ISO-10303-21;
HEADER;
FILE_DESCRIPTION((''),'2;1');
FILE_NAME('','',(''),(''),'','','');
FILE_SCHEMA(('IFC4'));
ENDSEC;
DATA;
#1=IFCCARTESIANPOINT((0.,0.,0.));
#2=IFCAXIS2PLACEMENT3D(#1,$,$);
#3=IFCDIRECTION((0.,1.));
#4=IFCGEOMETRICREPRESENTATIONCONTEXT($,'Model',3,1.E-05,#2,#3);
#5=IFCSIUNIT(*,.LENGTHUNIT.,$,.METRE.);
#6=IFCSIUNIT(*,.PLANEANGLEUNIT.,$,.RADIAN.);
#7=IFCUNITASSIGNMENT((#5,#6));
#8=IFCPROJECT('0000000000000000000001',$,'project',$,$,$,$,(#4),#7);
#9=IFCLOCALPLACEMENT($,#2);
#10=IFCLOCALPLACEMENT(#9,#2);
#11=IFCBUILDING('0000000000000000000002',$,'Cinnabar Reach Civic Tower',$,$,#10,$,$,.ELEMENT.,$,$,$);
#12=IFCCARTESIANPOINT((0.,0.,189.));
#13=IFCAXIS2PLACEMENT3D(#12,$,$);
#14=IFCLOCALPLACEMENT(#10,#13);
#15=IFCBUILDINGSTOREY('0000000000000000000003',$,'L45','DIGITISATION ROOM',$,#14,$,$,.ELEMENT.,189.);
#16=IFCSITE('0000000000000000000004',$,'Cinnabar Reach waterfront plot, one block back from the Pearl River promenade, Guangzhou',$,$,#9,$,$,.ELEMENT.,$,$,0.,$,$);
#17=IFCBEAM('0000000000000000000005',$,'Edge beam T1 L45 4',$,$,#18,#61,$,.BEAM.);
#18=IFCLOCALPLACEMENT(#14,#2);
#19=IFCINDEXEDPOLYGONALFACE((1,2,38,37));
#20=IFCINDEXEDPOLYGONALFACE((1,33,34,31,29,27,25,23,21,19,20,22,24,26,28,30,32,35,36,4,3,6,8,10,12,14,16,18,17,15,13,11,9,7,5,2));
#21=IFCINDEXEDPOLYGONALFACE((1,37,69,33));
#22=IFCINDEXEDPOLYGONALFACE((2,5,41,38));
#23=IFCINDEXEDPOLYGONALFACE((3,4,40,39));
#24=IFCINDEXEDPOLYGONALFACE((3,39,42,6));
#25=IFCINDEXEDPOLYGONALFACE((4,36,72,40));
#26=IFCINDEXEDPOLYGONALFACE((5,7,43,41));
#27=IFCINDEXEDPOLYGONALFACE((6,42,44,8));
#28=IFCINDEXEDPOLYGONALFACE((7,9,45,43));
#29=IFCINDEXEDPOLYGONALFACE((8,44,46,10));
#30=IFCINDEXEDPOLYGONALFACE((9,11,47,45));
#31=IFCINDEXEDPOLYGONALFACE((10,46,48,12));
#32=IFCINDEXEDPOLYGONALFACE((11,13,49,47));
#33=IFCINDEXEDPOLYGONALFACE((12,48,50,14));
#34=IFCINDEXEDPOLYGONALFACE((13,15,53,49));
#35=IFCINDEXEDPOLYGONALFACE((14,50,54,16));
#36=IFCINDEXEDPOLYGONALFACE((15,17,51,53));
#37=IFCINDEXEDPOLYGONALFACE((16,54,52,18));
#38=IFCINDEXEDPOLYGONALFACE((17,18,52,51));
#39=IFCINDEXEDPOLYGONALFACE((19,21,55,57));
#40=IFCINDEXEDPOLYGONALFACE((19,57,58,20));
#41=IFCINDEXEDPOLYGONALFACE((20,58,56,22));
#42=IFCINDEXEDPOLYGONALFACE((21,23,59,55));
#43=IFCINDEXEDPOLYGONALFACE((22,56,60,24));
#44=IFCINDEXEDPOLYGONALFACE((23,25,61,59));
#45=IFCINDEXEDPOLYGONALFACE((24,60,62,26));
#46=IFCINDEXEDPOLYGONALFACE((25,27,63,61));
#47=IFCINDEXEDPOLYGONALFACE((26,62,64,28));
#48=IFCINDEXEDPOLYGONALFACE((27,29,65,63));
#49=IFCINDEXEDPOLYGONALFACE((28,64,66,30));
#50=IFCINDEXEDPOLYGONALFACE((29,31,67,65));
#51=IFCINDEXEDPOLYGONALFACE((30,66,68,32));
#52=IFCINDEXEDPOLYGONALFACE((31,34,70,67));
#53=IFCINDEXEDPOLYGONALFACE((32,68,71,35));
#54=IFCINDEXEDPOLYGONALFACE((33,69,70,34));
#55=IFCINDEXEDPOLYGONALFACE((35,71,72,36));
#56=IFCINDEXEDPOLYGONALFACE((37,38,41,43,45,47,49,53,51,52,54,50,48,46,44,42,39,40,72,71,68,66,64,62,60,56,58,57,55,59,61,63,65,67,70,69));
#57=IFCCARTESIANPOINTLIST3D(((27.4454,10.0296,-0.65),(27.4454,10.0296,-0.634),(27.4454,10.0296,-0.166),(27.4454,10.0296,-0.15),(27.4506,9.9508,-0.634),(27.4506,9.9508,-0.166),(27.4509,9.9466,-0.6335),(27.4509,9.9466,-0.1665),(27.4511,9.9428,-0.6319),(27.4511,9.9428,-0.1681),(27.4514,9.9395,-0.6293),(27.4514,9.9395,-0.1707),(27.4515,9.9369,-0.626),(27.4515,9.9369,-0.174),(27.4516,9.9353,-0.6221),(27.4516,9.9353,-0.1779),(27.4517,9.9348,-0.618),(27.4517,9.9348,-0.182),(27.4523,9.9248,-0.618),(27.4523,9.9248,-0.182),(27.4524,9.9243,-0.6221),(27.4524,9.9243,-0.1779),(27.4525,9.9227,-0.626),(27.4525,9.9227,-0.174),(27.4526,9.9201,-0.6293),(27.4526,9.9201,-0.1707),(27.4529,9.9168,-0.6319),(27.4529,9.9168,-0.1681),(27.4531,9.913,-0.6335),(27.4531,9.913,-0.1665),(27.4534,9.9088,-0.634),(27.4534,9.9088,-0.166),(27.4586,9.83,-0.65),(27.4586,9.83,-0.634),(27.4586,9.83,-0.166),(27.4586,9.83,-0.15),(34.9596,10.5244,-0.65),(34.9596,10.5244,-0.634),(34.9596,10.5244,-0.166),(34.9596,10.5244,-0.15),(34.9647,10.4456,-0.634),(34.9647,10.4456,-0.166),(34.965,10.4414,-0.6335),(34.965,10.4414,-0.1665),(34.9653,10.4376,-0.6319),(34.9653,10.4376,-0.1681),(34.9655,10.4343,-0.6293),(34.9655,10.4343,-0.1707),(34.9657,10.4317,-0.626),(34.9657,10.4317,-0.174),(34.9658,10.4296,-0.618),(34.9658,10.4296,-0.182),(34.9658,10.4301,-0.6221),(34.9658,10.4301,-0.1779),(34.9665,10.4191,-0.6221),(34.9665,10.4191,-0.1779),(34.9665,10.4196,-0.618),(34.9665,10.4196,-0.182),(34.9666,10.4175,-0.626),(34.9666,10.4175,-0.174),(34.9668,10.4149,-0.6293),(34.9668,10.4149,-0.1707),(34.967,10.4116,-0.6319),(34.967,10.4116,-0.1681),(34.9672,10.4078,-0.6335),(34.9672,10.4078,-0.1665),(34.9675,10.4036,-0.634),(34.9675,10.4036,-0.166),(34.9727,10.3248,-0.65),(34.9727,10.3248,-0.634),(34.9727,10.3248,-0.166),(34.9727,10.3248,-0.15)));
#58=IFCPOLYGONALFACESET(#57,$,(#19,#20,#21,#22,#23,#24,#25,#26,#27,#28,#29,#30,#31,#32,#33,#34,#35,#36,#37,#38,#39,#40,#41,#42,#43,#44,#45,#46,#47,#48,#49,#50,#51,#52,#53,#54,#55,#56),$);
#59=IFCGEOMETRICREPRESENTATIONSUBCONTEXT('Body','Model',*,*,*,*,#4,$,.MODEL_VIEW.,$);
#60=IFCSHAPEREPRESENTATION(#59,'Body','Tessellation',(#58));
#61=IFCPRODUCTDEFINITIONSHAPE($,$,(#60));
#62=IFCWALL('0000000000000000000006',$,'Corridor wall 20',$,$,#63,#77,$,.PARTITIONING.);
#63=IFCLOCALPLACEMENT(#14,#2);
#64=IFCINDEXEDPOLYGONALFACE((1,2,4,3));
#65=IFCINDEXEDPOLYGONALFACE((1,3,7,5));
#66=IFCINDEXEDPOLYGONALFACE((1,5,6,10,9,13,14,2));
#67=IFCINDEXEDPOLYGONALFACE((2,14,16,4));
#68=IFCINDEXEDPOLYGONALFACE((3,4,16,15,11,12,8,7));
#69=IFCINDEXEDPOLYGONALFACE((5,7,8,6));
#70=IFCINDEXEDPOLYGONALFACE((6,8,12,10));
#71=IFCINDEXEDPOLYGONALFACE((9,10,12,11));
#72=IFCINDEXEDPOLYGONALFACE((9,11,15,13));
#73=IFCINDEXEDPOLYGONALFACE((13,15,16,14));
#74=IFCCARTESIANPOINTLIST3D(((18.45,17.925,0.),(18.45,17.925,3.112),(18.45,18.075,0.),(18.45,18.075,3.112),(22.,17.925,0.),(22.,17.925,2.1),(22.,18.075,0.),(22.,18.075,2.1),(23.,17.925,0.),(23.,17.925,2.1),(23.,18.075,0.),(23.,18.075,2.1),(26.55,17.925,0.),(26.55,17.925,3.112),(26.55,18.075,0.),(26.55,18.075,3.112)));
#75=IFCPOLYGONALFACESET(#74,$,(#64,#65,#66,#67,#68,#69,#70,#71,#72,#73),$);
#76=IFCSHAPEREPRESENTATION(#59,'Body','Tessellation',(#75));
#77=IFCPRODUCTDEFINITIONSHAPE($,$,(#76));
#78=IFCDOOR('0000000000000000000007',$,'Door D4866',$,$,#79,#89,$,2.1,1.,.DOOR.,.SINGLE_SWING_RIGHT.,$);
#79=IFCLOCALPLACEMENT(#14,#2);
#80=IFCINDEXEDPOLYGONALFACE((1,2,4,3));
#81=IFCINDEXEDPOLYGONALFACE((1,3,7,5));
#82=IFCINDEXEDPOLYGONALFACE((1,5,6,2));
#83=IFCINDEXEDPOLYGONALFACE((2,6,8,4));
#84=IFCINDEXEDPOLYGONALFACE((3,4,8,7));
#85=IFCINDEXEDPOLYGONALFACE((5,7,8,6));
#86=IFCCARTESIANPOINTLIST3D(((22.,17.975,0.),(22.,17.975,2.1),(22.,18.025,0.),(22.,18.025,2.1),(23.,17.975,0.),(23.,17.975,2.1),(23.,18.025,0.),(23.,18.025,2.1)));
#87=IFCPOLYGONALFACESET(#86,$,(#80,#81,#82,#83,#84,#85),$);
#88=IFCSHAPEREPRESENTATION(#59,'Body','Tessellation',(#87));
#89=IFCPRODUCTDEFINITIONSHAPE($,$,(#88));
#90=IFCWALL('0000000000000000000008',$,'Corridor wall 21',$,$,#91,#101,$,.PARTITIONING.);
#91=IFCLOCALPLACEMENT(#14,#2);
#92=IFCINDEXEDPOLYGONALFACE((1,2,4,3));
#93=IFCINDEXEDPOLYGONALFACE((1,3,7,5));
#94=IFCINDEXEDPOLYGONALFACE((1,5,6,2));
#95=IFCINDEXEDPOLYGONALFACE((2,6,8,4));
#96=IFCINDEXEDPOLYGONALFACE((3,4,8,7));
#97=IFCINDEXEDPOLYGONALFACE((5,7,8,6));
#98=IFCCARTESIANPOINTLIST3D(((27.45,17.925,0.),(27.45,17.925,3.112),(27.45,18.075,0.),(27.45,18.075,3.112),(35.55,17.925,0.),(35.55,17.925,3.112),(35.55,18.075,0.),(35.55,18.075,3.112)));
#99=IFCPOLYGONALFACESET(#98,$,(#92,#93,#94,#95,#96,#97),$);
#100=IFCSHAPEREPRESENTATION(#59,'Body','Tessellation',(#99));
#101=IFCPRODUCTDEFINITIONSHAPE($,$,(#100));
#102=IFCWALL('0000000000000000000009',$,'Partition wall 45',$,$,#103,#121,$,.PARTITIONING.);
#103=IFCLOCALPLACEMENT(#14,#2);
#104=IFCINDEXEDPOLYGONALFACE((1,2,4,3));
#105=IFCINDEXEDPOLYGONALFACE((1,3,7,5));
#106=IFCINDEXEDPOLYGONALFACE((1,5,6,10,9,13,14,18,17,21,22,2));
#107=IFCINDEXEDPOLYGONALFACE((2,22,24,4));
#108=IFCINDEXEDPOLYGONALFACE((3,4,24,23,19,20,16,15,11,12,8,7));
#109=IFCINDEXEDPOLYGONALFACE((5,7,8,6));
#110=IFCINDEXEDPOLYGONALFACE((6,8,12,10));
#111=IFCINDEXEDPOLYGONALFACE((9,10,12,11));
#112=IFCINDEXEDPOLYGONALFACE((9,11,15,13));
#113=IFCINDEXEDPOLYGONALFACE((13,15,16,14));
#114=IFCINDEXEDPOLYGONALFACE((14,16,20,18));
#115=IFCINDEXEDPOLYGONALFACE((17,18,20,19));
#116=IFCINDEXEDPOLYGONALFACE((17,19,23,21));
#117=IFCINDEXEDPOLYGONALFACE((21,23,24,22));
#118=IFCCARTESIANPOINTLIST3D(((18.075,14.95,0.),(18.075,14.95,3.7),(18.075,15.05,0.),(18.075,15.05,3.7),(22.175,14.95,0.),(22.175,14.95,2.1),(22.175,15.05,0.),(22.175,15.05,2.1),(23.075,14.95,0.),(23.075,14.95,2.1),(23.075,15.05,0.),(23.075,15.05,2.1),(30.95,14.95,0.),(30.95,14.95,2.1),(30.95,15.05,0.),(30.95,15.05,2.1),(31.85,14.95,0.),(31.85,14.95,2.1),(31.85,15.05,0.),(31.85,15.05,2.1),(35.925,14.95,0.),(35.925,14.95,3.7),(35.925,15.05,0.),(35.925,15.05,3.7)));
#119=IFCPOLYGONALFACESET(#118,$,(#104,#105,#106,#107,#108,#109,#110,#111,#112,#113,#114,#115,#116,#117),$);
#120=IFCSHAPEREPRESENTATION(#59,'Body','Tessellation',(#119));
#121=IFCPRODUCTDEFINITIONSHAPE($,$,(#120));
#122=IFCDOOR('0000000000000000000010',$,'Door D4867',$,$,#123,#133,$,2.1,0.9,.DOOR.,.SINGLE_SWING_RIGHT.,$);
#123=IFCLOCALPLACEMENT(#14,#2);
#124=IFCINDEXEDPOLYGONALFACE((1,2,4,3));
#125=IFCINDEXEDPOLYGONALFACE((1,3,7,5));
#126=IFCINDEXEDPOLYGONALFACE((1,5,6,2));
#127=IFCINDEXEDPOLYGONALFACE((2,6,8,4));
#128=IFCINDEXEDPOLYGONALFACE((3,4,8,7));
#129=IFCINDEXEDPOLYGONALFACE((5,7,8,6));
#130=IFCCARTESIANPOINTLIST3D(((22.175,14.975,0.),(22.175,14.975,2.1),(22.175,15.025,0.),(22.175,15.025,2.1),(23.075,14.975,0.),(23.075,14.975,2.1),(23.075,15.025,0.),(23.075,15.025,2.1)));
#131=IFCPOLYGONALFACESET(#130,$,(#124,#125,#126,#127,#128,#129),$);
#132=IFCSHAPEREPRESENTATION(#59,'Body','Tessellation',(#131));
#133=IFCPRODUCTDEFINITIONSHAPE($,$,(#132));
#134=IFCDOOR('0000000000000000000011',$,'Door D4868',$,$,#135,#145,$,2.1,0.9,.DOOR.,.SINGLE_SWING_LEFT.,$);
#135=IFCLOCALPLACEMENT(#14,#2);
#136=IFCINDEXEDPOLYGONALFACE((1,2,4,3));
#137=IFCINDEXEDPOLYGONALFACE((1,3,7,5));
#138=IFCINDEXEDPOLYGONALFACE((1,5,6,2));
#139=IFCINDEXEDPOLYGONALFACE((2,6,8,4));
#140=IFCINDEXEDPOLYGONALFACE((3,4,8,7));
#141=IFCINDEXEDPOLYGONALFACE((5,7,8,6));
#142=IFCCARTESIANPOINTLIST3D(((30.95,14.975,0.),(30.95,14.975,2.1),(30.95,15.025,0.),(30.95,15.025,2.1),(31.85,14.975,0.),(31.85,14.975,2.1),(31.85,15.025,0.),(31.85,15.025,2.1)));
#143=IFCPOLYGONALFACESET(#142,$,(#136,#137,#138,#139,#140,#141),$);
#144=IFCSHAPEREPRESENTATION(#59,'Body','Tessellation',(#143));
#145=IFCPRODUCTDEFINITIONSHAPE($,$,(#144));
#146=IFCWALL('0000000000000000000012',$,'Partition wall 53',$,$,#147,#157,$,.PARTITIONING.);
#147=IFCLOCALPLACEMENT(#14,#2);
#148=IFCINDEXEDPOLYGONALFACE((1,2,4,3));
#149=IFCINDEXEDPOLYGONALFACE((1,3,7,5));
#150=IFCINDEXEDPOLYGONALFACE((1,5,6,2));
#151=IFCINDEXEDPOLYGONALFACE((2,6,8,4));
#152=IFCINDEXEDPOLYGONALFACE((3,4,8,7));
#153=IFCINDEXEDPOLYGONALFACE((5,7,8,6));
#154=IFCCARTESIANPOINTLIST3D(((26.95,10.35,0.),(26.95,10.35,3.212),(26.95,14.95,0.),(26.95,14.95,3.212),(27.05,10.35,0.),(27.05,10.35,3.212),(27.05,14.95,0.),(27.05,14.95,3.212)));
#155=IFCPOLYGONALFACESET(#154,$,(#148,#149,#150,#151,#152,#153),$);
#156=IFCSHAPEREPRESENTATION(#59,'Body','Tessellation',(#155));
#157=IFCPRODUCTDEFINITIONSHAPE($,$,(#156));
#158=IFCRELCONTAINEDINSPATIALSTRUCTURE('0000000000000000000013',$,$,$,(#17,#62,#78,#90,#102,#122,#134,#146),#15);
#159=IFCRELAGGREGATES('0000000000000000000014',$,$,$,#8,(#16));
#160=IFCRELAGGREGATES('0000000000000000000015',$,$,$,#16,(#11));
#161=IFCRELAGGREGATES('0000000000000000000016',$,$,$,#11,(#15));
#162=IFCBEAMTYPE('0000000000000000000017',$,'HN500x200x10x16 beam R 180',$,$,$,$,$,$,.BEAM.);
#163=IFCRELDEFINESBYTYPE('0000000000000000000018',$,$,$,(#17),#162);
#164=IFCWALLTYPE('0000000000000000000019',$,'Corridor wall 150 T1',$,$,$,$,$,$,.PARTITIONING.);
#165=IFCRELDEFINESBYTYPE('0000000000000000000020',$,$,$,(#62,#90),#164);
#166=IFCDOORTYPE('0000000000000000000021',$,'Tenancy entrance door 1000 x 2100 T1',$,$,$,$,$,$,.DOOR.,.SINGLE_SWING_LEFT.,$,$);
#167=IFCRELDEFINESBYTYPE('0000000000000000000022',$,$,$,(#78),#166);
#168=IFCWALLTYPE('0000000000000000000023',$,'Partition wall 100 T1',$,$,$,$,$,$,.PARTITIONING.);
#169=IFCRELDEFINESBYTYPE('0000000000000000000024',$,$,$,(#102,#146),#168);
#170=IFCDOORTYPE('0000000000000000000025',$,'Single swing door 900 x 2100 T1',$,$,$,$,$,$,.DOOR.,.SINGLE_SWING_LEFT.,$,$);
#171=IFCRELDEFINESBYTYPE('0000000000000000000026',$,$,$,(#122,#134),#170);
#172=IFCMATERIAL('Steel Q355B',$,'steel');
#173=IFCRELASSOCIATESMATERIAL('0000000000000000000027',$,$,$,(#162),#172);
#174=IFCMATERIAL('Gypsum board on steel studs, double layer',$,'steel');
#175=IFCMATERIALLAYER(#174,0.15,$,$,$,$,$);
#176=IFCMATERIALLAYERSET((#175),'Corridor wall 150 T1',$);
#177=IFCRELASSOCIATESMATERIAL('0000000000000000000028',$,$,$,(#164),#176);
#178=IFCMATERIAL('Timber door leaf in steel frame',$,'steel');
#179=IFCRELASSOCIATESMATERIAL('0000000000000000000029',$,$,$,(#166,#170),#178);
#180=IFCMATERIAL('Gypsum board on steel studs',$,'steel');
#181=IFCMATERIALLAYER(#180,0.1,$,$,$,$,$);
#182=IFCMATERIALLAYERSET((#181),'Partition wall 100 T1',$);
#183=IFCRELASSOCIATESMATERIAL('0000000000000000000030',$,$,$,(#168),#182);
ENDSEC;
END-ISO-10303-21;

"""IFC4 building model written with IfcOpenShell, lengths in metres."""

from ifc_helpers import new_model, si_unit, direction, frame, frame_2d, origin, origin_2d, place, context, subcontext, project, spatial, rectangle, i_section, extrude, material, layer, layer_set, material_profile, profile_set, type_object, element, fill, save


model = new_model("IFC4")

# Units and contexts
model_context = context("Model", 3, precision=1e-05, world=origin(), true_north=direction((0.0, 1.0)))
body_context = subcontext(model_context, "Body", "Model", "MODEL_VIEW")
ifc_project = project(units=[si_unit("LENGTHUNIT", "METRE"), si_unit("PLANEANGLEUNIT", "RADIAN")], contexts=[model_context])

# Site, building, storey
site_placement = place(None, origin())
site = spatial("IfcSite", under=ifc_project, at=site_placement, Name="Cinnabar Reach waterfront plot, one block back from the Pearl River promenade, Guangzhou", CompositionType="ELEMENT", RefElevation=0.0)
building_placement = place(site_placement, origin())
building = spatial("IfcBuilding", under=site, at=building_placement, Name="Cinnabar Reach Civic Tower", CompositionType="ELEMENT")
storey_placement = place(building_placement, frame((0.0, 0.0, 189.0)))
storey = spatial("IfcBuildingStorey", under=building, at=storey_placement, Name="L45", Description="DIGITISATION ROOM", CompositionType="ELEMENT", Elevation=189.0)

# Beam
ifc_material_1 = material(Name="Steel Q355B", Category="steel")
ifc_material_profile_1 = material_profile(ifc_material_1, i_section(OverallWidth=0.2, OverallDepth=0.5, WebThickness=0.01, FlangeThickness=0.016, FilletRadius=0.016, at=origin_2d()), Name="HN500x200x10x16")
ifc_profile_set_1 = profile_set([ifc_material_profile_1], Name="Steel Q355B")
beam_type_1 = type_object("IfcBeamType", Name="HN500x200x10x16 beam R 180", PredefinedType="BEAM", material=ifc_profile_set_1)
beam_1_placement = place(storey_placement, frame((27.452, 9.9298, -0.4), z_axis=(0.997839, 0.065707, 0.0), x_axis=(-0.065707, 0.997839, 0.0)))
element("IfcBeam", 1, at=beam_1_placement, inside=storey, type_object=beam_type_1, Name="Edge beam T1 L45 4", PredefinedType="BEAM", context=body_context, shape_type="SweptSolid", body=[
    extrude(i_section(OverallWidth=0.2, OverallDepth=0.5, WebThickness=0.01, FlangeThickness=0.016, FilletRadius=0.016, at=origin_2d()), origin(), (0.0, 0.0, 1.0), 7.5304),
])

# Wall, opening, door
ifc_material_2 = material(Name="Gypsum board on steel studs, double layer", Category="steel")
ifc_layer_1 = layer(ifc_material_2, 0.15)
ifc_layer_set_1 = layer_set([ifc_layer_1], Name="Corridor wall 150 T1")
wall_type_1 = type_object("IfcWallType", Name="Corridor wall 150 T1", PredefinedType="PARTITIONING", material=ifc_layer_set_1)
wall_1_placement = place(storey_placement, frame((18.45, 18.0, 0.0), z_axis=(0.0, 0.0, 1.0), x_axis=(1.0, 0.0, 0.0)))
wall_1 = element("IfcWall", 2, at=wall_1_placement, inside=storey, type_object=wall_type_1, Name="Corridor wall 20", PredefinedType="PARTITIONING", context=body_context, shape_type="SweptSolid", body=[
    extrude(rectangle(XDim=8.1, YDim=0.15, at=frame_2d((4.05, 0.0))), origin(), (0.0, 0.0, 1.0), 3.112),
])
opening_1_placement = place(wall_1_placement, frame((3.55, 0.0, 0.0)))
opening_1 = element("IfcOpeningElement", 3, at=opening_1_placement, cuts=wall_1, PredefinedType="OPENING", context=body_context, shape_type="SweptSolid", body=[
    extrude(rectangle(XDim=1.0, YDim=2.1, at=frame_2d((0.5, 1.05))), frame((0.0, 0.085, 0.0), z_axis=(0.0, -1.0, 0.0), x_axis=(1.0, 0.0, 0.0)), (0.0, 0.0, 1.0), 0.17),
])
ifc_material_3 = material(Name="Timber door leaf in steel frame", Category="steel")
door_type_1 = type_object("IfcDoorType", Name="Tenancy entrance door 1000 x 2100 T1", OperationType="SINGLE_SWING_LEFT", PredefinedType="DOOR", material=ifc_material_3)
door_1_placement = place(opening_1_placement, frame((1.0, 0.0, 0.0), z_axis=(0.0, 0.0, 1.0), x_axis=(-1.0, 0.0, 0.0)))
door_1 = element("IfcDoor", 4, at=door_1_placement, inside=storey, type_object=door_type_1, Name="Door D4866", OperationType="SINGLE_SWING_RIGHT", OverallHeight=2.1, OverallWidth=1.0, PredefinedType="DOOR", context=body_context, shape_type="SweptSolid", body=[
    extrude(rectangle(XDim=1.0, YDim=2.1, at=frame_2d((0.5, 1.05))), frame((0.0, 0.025, 0.0), z_axis=(0.0, -1.0, 0.0), x_axis=(1.0, 0.0, 0.0)), (0.0, 0.0, 1.0), 0.05),
])
fill(opening_1, door_1)

# Wall
wall_2_placement = place(storey_placement, frame((27.45, 18.0, 0.0), z_axis=(0.0, 0.0, 1.0), x_axis=(1.0, 0.0, 0.0)))
element("IfcWall", 5, at=wall_2_placement, inside=storey, type_object=wall_type_1, Name="Corridor wall 21", PredefinedType="PARTITIONING", context=body_context, shape_type="SweptSolid", body=[
    extrude(rectangle(XDim=8.1, YDim=0.15, at=frame_2d((4.05, 0.0))), origin(), (0.0, 0.0, 1.0), 3.112),
])

# Wall, openings, doors
ifc_material_4 = material(Name="Gypsum board on steel studs", Category="steel")
ifc_layer_2 = layer(ifc_material_4, 0.1)
ifc_layer_set_2 = layer_set([ifc_layer_2], Name="Partition wall 100 T1")
wall_type_2 = type_object("IfcWallType", Name="Partition wall 100 T1", PredefinedType="PARTITIONING", material=ifc_layer_set_2)
wall_3_placement = place(storey_placement, frame((18.075, 15.0, 0.0), z_axis=(0.0, 0.0, 1.0), x_axis=(1.0, 0.0, 0.0)))
wall_3 = element("IfcWall", 6, at=wall_3_placement, inside=storey, type_object=wall_type_2, Name="Partition wall 45", PredefinedType="PARTITIONING", context=body_context, shape_type="SweptSolid", body=[
    extrude(rectangle(XDim=17.85, YDim=0.1, at=frame_2d((8.925, 0.0))), origin(), (0.0, 0.0, 1.0), 3.7),
])
opening_2_placement = place(wall_3_placement, frame((4.1, 0.0, 0.0)))
opening_2 = element("IfcOpeningElement", 7, at=opening_2_placement, cuts=wall_3, PredefinedType="OPENING", context=body_context, shape_type="SweptSolid", body=[
    extrude(rectangle(XDim=0.9, YDim=2.1, at=frame_2d((0.45, 1.05))), frame((0.0, 0.06, 0.0), z_axis=(0.0, -1.0, 0.0), x_axis=(1.0, 0.0, 0.0)), (0.0, 0.0, 1.0), 0.12),
])
opening_3_placement = place(wall_3_placement, frame((12.875, 0.0, 0.0)))
opening_3 = element("IfcOpeningElement", 8, at=opening_3_placement, cuts=wall_3, PredefinedType="OPENING", context=body_context, shape_type="SweptSolid", body=[
    extrude(rectangle(XDim=0.9, YDim=2.1, at=frame_2d((0.45, 1.05))), frame((0.0, 0.06, 0.0), z_axis=(0.0, -1.0, 0.0), x_axis=(1.0, 0.0, 0.0)), (0.0, 0.0, 1.0), 0.12),
])
door_type_2 = type_object("IfcDoorType", Name="Single swing door 900 x 2100 T1", OperationType="SINGLE_SWING_LEFT", PredefinedType="DOOR", material=ifc_material_3)
door_2_placement = place(opening_2_placement, frame((0.9, 0.0, 0.0), z_axis=(0.0, 0.0, 1.0), x_axis=(-1.0, 0.0, 0.0)))
door_2 = element("IfcDoor", 9, at=door_2_placement, inside=storey, type_object=door_type_2, Name="Door D4867", OperationType="SINGLE_SWING_RIGHT", OverallHeight=2.1, OverallWidth=0.9, PredefinedType="DOOR", context=body_context, shape_type="SweptSolid", body=[
    extrude(rectangle(XDim=0.9, YDim=2.1, at=frame_2d((0.45, 1.05))), frame((0.0, 0.025, 0.0), z_axis=(0.0, -1.0, 0.0), x_axis=(1.0, 0.0, 0.0)), (0.0, 0.0, 1.0), 0.05),
])
fill(opening_2, door_2)
door_3_placement = place(opening_3_placement, frame((0.9, 0.0, 0.0), z_axis=(0.0, 0.0, 1.0), x_axis=(-1.0, 0.0, 0.0)))
door_3 = element("IfcDoor", 10, at=door_3_placement, inside=storey, type_object=door_type_2, Name="Door D4868", OperationType="SINGLE_SWING_LEFT", OverallHeight=2.1, OverallWidth=0.9, PredefinedType="DOOR", context=body_context, shape_type="SweptSolid", body=[
    extrude(rectangle(XDim=0.9, YDim=2.1, at=frame_2d((0.45, 1.05))), frame((0.0, 0.025, 0.0), z_axis=(0.0, -1.0, 0.0), x_axis=(1.0, 0.0, 0.0)), (0.0, 0.0, 1.0), 0.05),
])
fill(opening_3, door_3)

# Wall
wall_4_placement = place(storey_placement, frame((27.0, 10.35, 0.0), z_axis=(0.0, 0.0, 1.0), x_axis=(0.0, 1.0, 0.0)))
element("IfcWall", 11, at=wall_4_placement, inside=storey, type_object=wall_type_2, Name="Partition wall 53", PredefinedType="PARTITIONING", context=body_context, shape_type="SweptSolid", body=[
    extrude(rectangle(XDim=4.6, YDim=0.1, at=frame_2d((2.3, 0.0))), origin(), (0.0, 0.0, 1.0), 3.212),
])

save(model, "model.ifc")
